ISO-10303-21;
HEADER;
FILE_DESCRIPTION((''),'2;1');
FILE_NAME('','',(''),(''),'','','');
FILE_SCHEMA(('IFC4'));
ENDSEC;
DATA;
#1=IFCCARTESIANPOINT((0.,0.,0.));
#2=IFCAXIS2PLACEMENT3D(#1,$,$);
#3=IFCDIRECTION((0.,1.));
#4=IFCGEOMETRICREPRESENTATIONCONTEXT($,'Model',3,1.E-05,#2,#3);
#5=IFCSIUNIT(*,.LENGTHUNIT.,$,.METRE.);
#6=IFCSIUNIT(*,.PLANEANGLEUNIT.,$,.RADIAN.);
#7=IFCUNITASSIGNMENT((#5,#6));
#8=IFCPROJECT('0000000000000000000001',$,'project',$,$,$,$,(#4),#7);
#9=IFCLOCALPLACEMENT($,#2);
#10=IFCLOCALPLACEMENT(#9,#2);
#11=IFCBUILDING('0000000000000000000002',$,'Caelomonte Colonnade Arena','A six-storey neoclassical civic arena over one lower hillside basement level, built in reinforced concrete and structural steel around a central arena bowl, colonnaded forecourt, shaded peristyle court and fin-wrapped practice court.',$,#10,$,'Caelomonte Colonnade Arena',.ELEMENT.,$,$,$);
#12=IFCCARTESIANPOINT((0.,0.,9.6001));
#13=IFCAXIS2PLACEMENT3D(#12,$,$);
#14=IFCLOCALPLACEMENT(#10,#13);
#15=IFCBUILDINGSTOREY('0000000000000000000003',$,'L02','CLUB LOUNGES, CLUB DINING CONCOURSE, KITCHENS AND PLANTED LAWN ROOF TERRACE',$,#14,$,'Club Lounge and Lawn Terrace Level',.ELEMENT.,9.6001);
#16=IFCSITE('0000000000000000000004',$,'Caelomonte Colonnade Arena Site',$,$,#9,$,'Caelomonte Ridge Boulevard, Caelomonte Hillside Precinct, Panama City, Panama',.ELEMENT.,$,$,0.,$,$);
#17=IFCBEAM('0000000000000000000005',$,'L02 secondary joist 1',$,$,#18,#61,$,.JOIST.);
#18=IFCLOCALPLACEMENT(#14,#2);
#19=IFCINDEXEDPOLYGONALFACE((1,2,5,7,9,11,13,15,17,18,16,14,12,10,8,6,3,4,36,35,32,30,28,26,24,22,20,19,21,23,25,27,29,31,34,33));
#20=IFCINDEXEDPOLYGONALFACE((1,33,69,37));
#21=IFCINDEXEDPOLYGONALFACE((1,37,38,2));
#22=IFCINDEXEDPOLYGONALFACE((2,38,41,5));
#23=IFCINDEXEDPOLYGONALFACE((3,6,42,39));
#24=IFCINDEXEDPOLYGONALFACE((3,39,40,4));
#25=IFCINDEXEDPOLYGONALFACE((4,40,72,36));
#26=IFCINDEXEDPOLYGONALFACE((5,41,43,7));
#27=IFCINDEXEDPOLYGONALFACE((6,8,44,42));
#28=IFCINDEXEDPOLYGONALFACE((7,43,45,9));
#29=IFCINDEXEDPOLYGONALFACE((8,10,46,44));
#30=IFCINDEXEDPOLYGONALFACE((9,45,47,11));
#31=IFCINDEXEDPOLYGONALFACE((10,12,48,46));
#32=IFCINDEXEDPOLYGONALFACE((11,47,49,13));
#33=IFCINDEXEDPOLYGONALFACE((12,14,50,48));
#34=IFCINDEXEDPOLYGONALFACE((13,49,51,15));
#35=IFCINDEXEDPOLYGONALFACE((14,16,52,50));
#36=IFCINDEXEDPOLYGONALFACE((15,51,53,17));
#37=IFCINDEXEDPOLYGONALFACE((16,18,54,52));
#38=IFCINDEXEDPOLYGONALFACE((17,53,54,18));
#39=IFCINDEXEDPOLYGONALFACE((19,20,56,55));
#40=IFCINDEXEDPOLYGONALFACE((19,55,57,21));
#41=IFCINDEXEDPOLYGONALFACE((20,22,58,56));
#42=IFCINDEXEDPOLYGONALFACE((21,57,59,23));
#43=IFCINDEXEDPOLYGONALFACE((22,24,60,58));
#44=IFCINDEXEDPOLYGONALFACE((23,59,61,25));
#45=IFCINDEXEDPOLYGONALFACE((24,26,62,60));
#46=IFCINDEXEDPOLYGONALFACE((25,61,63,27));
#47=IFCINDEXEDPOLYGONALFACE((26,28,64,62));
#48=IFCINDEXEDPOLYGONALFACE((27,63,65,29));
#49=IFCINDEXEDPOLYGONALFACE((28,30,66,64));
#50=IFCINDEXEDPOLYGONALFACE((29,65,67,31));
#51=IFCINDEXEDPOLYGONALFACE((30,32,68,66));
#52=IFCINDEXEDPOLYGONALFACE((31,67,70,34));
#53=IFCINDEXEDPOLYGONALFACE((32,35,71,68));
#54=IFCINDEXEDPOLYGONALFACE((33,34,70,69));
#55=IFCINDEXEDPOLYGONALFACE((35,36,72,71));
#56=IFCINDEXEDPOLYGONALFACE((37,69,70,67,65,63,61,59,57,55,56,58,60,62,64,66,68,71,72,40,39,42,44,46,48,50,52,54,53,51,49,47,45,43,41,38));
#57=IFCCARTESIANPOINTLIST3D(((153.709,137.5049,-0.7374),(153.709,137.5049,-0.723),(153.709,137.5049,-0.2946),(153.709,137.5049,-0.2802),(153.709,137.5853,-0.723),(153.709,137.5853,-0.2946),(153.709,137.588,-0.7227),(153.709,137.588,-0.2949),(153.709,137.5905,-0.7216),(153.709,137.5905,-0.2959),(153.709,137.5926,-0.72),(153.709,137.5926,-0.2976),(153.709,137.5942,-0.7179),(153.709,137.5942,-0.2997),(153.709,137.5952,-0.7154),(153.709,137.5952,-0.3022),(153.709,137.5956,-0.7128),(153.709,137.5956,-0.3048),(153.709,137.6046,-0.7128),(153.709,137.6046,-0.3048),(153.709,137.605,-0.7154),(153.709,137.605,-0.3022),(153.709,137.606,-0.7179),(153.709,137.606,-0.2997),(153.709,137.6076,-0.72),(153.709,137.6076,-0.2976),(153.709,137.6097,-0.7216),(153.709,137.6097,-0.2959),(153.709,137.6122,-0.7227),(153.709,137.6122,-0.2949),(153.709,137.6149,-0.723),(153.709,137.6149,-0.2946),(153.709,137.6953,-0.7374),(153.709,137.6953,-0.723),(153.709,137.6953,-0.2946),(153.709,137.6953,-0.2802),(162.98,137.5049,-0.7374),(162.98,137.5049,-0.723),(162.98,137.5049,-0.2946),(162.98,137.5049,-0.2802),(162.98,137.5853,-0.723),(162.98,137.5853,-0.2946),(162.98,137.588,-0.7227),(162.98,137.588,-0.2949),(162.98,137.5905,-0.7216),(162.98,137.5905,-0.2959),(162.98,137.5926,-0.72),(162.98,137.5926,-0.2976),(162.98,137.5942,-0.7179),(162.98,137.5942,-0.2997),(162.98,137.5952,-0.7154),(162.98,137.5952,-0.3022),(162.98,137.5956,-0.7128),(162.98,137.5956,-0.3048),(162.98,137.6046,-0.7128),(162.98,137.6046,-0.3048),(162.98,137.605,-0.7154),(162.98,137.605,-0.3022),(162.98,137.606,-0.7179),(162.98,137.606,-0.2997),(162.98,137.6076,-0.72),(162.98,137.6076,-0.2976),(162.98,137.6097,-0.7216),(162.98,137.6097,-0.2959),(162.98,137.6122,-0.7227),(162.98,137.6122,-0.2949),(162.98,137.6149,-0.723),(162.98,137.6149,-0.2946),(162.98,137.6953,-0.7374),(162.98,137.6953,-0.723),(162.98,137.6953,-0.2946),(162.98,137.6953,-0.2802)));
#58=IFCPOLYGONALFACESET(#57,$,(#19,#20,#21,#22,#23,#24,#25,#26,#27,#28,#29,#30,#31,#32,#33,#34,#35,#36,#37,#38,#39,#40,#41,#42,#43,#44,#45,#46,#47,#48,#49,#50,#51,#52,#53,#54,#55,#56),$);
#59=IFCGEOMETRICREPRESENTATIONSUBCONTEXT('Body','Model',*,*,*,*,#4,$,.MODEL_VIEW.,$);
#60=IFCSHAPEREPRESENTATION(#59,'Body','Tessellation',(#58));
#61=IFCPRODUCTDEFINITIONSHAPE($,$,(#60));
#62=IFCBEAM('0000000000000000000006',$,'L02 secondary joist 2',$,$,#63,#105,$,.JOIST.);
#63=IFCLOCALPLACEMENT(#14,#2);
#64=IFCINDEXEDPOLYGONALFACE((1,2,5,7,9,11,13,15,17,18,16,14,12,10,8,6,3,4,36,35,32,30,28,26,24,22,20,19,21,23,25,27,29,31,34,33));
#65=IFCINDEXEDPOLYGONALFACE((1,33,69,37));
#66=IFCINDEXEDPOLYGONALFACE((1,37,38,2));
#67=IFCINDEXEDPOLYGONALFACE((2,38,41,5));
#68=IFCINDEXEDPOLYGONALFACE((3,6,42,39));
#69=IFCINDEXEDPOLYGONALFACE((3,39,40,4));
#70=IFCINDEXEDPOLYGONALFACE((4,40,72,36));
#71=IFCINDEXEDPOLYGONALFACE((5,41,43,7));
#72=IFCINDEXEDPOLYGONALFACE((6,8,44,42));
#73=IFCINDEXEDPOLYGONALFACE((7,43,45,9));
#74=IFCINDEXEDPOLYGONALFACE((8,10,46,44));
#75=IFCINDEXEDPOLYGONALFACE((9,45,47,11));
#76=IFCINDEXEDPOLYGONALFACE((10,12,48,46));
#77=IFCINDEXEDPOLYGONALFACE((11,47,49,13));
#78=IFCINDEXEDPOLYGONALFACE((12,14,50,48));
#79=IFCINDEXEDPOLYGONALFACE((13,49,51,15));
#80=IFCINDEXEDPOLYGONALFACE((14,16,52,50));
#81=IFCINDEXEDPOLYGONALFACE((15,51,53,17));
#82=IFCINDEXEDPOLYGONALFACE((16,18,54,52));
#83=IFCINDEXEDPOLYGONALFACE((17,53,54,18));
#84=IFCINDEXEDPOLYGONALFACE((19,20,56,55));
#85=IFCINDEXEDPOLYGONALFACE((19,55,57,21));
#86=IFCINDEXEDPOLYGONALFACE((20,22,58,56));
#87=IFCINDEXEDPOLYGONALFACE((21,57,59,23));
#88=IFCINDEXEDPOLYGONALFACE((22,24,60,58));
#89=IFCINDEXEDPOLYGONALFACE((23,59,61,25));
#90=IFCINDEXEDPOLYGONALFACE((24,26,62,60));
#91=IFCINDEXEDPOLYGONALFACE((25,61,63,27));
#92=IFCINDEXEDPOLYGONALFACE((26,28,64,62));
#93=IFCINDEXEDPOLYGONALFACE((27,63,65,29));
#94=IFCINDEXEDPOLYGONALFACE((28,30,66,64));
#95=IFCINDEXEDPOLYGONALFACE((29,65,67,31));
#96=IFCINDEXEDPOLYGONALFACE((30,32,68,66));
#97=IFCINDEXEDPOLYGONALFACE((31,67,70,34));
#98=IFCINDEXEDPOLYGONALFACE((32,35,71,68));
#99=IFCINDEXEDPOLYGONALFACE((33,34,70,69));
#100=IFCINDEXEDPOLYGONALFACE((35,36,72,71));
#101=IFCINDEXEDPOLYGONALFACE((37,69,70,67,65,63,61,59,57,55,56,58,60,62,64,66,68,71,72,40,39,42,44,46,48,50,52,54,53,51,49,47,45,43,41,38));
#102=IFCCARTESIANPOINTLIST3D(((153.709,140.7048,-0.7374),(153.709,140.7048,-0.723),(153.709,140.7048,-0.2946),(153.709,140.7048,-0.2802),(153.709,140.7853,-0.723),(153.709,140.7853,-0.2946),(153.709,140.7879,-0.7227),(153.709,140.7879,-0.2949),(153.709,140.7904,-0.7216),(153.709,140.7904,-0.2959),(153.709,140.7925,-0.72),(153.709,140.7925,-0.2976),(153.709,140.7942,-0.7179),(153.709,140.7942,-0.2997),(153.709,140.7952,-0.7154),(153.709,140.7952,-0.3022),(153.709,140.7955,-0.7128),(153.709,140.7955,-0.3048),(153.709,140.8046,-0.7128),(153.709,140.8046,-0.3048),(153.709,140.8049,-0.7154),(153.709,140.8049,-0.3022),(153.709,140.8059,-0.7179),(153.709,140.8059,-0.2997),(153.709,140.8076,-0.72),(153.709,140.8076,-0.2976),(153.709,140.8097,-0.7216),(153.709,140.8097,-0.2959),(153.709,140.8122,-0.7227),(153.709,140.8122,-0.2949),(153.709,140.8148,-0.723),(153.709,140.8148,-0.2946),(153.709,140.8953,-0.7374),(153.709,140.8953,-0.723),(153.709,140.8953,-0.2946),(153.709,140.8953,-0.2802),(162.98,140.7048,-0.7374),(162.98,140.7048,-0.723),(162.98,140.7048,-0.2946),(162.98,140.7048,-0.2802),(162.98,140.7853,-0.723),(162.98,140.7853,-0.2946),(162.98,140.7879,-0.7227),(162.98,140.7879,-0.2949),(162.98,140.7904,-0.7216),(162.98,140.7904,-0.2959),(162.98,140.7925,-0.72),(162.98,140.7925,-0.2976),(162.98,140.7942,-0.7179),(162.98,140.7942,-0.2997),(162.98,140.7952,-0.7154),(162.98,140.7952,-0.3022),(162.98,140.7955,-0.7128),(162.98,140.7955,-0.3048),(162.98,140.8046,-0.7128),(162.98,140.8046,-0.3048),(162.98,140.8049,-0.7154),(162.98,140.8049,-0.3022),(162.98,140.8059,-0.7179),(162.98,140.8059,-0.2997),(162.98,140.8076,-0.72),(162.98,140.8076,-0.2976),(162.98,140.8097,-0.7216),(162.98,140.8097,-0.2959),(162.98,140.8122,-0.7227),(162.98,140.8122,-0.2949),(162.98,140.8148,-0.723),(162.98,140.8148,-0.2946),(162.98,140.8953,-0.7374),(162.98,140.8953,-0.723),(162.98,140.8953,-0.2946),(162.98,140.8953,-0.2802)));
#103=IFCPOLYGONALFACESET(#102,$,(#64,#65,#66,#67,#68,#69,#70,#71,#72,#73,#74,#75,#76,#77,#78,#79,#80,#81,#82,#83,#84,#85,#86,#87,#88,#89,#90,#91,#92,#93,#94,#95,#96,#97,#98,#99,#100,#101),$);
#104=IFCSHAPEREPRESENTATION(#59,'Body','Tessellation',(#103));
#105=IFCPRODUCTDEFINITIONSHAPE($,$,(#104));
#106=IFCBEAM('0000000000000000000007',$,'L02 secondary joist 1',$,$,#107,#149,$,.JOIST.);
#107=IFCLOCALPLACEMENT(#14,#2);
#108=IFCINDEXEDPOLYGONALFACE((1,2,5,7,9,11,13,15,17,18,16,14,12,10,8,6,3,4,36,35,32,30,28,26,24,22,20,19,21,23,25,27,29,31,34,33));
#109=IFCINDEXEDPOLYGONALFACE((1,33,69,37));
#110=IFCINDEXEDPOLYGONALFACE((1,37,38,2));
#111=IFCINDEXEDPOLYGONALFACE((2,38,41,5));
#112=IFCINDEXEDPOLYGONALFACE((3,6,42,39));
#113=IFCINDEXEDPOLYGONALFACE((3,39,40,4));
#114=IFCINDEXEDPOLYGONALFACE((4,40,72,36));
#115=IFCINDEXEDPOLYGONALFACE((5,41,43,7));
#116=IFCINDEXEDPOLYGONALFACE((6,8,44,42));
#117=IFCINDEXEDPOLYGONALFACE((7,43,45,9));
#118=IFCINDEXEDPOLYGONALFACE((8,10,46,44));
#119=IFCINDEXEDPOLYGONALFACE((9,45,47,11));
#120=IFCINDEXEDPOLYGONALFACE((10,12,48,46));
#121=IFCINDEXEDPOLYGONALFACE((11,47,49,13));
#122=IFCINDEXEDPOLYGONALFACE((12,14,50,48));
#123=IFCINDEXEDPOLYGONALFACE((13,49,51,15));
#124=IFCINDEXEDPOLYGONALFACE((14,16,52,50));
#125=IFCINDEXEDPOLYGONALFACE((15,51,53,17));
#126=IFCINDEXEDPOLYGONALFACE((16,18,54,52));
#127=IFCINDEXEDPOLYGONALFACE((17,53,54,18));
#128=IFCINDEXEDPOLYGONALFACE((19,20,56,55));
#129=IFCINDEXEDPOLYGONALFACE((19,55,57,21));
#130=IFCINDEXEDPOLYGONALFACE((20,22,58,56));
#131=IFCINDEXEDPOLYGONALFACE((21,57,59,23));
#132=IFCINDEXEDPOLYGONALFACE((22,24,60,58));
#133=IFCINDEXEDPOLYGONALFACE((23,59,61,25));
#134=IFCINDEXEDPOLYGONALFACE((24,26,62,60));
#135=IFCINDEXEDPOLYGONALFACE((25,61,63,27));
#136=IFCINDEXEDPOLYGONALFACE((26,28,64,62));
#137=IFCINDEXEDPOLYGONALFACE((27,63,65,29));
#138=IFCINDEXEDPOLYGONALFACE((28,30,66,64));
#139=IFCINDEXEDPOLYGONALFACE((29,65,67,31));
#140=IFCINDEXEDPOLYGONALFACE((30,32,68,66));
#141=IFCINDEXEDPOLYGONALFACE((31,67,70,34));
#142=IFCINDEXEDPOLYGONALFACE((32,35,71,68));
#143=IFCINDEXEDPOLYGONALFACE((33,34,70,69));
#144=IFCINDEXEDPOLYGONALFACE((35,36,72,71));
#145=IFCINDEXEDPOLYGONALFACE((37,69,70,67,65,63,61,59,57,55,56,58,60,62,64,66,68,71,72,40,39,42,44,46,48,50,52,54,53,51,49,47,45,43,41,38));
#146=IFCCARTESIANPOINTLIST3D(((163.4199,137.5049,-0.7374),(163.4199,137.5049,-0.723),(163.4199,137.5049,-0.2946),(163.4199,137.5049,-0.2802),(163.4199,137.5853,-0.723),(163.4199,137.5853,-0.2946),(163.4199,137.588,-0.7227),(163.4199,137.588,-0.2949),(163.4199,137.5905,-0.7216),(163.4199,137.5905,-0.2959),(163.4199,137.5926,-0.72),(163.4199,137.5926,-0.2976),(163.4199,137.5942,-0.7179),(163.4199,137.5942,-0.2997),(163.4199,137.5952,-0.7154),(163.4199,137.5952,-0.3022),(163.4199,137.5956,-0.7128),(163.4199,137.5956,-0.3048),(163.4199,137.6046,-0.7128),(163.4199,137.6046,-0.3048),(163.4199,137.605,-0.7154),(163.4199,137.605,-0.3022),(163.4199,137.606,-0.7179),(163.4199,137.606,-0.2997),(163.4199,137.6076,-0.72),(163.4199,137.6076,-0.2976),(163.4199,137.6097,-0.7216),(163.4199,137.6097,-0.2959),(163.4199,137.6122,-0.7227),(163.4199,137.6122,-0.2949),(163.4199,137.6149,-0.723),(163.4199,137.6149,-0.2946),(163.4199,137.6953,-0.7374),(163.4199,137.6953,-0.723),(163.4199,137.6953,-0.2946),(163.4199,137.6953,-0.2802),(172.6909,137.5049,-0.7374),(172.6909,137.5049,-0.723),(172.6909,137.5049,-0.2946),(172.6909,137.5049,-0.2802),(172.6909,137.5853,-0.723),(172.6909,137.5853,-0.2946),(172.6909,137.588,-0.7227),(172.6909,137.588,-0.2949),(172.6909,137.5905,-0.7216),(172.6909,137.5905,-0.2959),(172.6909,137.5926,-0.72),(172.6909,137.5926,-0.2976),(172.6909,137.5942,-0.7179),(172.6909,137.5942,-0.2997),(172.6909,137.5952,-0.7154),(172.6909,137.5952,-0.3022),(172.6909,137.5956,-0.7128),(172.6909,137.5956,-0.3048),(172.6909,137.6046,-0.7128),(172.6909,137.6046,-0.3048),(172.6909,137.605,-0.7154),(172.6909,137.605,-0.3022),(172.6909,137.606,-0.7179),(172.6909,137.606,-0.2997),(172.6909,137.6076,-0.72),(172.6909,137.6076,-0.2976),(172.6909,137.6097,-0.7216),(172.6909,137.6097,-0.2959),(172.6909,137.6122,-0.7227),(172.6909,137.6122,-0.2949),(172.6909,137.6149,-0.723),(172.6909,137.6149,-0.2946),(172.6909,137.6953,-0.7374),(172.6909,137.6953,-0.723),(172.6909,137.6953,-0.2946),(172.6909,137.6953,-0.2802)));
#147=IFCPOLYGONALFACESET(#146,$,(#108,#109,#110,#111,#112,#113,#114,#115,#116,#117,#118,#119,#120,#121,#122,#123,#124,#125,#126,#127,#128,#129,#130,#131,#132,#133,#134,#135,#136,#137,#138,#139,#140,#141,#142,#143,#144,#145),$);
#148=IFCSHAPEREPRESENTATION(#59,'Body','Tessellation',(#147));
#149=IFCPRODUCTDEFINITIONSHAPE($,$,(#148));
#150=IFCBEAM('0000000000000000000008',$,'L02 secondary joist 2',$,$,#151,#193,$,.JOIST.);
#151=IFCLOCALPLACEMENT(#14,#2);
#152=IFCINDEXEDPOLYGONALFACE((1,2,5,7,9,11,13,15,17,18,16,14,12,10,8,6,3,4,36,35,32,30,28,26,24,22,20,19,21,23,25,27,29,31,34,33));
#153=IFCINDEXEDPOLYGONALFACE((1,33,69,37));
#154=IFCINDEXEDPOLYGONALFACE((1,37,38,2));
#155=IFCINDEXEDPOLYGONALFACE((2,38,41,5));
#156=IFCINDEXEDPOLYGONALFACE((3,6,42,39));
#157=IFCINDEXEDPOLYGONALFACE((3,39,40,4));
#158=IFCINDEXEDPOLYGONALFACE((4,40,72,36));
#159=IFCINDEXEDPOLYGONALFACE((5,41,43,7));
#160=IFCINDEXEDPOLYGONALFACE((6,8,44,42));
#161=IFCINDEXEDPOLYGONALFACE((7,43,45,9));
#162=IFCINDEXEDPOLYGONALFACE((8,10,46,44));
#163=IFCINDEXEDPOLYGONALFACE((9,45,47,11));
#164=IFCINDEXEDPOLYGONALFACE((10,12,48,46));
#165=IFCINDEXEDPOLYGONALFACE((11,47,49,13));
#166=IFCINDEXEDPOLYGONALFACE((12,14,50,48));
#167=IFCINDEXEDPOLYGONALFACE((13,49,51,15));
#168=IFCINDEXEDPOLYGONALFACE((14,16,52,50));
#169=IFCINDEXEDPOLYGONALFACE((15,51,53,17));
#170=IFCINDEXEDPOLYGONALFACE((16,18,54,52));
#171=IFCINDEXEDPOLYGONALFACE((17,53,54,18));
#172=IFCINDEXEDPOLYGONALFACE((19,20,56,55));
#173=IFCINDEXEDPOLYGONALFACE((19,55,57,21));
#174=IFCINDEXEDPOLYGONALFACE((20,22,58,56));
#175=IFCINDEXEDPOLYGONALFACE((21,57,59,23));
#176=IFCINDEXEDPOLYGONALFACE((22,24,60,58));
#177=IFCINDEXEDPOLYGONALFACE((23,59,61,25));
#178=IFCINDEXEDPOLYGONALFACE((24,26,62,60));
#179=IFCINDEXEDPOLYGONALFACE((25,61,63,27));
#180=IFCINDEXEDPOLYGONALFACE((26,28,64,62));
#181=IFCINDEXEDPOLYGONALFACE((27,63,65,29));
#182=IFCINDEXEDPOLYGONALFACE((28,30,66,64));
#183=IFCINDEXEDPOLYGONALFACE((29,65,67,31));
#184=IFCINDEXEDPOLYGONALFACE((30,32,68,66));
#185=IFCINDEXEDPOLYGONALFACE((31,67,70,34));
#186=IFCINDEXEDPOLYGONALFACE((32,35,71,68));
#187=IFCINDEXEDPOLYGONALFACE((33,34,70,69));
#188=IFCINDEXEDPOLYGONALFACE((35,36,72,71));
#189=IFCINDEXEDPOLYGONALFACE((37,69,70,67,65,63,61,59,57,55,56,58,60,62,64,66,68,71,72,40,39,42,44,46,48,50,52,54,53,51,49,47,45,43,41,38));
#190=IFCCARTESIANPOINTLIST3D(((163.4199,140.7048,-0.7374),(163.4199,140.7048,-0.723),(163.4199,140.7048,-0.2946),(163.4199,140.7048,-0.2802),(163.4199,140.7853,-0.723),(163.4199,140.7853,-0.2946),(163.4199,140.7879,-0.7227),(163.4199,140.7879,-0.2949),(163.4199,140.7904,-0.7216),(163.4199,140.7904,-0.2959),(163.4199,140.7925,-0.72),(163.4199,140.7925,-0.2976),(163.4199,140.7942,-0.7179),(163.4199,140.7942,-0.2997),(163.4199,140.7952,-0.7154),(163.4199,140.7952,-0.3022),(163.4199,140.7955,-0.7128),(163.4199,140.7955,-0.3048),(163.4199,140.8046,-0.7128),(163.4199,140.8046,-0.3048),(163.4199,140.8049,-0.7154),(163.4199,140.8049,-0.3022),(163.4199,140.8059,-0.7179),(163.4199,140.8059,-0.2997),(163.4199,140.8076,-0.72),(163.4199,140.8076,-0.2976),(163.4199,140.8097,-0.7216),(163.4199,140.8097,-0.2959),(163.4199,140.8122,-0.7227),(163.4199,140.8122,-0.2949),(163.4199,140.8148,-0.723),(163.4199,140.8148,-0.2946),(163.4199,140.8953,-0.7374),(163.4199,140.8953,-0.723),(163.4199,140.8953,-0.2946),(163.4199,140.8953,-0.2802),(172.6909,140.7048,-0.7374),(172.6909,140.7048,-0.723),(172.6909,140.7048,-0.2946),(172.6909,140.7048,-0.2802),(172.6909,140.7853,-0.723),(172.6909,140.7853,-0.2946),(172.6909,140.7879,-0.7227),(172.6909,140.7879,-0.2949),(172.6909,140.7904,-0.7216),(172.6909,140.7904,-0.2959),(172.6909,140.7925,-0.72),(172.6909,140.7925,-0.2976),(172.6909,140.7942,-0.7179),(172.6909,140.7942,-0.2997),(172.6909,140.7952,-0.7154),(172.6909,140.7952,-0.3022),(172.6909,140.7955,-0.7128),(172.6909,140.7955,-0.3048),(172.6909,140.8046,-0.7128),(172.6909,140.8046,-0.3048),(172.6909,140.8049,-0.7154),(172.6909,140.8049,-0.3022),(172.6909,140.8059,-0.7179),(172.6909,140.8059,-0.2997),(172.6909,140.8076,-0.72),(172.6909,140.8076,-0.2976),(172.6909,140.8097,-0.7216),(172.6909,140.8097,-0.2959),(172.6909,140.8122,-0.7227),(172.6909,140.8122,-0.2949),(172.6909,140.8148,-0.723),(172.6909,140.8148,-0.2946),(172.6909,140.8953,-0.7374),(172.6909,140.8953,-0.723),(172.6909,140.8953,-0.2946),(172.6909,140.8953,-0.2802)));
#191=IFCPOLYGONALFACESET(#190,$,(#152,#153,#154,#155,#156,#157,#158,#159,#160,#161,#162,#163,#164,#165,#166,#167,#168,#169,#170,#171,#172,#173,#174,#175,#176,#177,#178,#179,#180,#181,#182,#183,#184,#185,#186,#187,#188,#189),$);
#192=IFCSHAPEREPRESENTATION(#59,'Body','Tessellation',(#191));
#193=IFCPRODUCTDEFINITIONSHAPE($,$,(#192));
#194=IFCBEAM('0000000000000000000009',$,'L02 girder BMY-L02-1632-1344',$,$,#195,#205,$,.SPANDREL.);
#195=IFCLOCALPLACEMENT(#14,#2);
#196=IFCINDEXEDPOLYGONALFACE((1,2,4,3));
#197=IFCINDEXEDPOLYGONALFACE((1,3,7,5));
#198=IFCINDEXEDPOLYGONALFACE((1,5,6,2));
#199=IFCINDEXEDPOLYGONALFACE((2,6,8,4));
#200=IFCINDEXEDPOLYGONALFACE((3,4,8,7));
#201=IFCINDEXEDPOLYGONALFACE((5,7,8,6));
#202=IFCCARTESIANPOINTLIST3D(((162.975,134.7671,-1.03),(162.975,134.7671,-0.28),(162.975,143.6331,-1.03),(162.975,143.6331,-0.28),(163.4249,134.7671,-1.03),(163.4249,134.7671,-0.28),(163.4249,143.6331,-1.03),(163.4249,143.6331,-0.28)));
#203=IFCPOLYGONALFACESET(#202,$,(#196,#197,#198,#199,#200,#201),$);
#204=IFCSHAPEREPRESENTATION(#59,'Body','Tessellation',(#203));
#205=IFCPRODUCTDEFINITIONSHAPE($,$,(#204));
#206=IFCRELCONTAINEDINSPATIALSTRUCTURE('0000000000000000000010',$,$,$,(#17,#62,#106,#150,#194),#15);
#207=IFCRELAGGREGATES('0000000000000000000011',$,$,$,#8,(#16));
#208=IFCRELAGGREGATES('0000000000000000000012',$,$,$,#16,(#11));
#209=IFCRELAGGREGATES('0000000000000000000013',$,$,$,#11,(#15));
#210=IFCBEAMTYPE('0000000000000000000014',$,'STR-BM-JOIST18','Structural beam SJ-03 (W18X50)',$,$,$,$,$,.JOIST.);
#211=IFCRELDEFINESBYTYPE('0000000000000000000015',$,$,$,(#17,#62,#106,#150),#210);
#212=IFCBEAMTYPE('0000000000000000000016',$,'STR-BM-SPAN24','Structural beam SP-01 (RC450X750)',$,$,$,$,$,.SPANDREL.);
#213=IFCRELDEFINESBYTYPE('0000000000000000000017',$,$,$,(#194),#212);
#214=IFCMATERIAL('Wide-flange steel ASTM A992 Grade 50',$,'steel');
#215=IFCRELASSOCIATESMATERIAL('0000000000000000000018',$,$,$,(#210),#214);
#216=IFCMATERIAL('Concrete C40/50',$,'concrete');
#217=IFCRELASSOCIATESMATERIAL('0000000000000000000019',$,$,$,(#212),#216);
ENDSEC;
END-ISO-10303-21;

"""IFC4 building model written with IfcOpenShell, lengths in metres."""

from ifc_helpers import new_model, si_unit, direction, frame, origin, origin_2d, place, context, subcontext, project, spatial, rectangle, i_section, extrude, material, material_profile, profile_set, type_object, element, save


model = new_model("IFC4")

# Units and contexts
model_context = context("Model", 3, precision=1e-05, world=origin(), true_north=direction((0.0, 1.0)))
body_context = subcontext(model_context, "Body", "Model", "MODEL_VIEW")
ifc_project = project(units=[si_unit("LENGTHUNIT", "METRE"), si_unit("PLANEANGLEUNIT", "RADIAN")], contexts=[model_context])

# Site, building, storey
site_placement = place(None, origin())
site = spatial("IfcSite", under=ifc_project, at=site_placement, Name="Caelomonte Colonnade Arena Site", LongName="Caelomonte Ridge Boulevard, Caelomonte Hillside Precinct, Panama City, Panama", CompositionType="ELEMENT", RefElevation=0.0)
building_placement = place(site_placement, origin())
building = spatial("IfcBuilding", under=site, at=building_placement, Name="Caelomonte Colonnade Arena", Description="A six-storey neoclassical civic arena over one lower hillside basement level, built in reinforced concrete and structural steel around a central arena bowl, colonnaded forecourt, shaded peristyle court and fin-wrapped practice court.", LongName="Caelomonte Colonnade Arena", CompositionType="ELEMENT")
storey_placement = place(building_placement, frame((0.0, 0.0, 9.6001)))
storey = spatial("IfcBuildingStorey", under=building, at=storey_placement, Name="L02", Description="CLUB LOUNGES, CLUB DINING CONCOURSE, KITCHENS AND PLANTED LAWN ROOF TERRACE", LongName="Club Lounge and Lawn Terrace Level", CompositionType="ELEMENT", Elevation=9.6001)

# Shared definitions
ifc_material_1 = material(Name="Concrete C40/50", Category="concrete")

# Beams
ifc_material_2 = material(Name="Wide-flange steel ASTM A992 Grade 50", Category="steel")
ifc_material_profile_1 = material_profile(ifc_material_2, i_section(OverallWidth=0.1904, OverallDepth=0.4573, WebThickness=0.009, FlangeThickness=0.0144, FilletRadius=0.0103, at=origin_2d()), Name="W18X50")
ifc_profile_set_1 = profile_set([ifc_material_profile_1], Name="Wide-flange steel ASTM A992 Grade 50")
beam_type_1 = type_object("IfcBeamType", Name="STR-BM-JOIST18", Description="Structural beam SJ-03 (W18X50)", PredefinedType="JOIST", material=ifc_profile_set_1)
for number, where, z_axis, x_axis, name in (
    (1, (153.709, 137.6001, -0.5088), (1.0, 0.0, 0.0), (0.0, 1.0, 0.0), "L02 secondary joist 1"),
    (2, (153.709, 140.8, -0.5088), (1.0, 0.0, 0.0), (0.0, 1.0, 0.0), "L02 secondary joist 2"),
    (3, (163.4199, 137.6001, -0.5088), (1.0, 0.0, 0.0), (0.0, 1.0, 0.0), "L02 secondary joist 1"),
    (4, (163.4199, 140.8, -0.5088), (1.0, 0.0, 0.0), (0.0, 1.0, 0.0), "L02 secondary joist 2"),
):
    element("IfcBeam", number, at=place(storey_placement, frame(where, z_axis=z_axis, x_axis=x_axis)), inside=storey, type_object=beam_type_1, Name=name, PredefinedType="JOIST", context=body_context, shape_type="SweptSolid", body=[
        extrude(i_section(OverallWidth=0.1904, OverallDepth=0.4573, WebThickness=0.009, FlangeThickness=0.0144, FilletRadius=0.0103, at=origin_2d()), origin(), (0.0, 0.0, 1.0), 9.271),
    ])
ifc_material_profile_2 = material_profile(ifc_material_1, rectangle(XDim=0.45, YDim=0.75, at=origin_2d()), Name="RC450X750")
ifc_profile_set_2 = profile_set([ifc_material_profile_2], Name="Concrete C40/50")
beam_type_2 = type_object("IfcBeamType", Name="STR-BM-SPAN24", Description="Structural beam SP-01 (RC450X750)", PredefinedType="SPANDREL", material=ifc_profile_set_2)
beam_1_placement = place(storey_placement, frame((163.2, 134.7671, -0.655), z_axis=(0.0, 1.0, 0.0), x_axis=(-1.0, 0.0, 0.0)))
element("IfcBeam", 5, at=beam_1_placement, inside=storey, type_object=beam_type_2, Name="L02 girder BMY-L02-1632-1344", PredefinedType="SPANDREL", context=body_context, shape_type="SweptSolid", body=[
    extrude(rectangle(XDim=0.45, YDim=0.75, at=origin_2d()), origin(), (0.0, 0.0, 1.0), 8.866),
])

save(model, "model.ifc")
